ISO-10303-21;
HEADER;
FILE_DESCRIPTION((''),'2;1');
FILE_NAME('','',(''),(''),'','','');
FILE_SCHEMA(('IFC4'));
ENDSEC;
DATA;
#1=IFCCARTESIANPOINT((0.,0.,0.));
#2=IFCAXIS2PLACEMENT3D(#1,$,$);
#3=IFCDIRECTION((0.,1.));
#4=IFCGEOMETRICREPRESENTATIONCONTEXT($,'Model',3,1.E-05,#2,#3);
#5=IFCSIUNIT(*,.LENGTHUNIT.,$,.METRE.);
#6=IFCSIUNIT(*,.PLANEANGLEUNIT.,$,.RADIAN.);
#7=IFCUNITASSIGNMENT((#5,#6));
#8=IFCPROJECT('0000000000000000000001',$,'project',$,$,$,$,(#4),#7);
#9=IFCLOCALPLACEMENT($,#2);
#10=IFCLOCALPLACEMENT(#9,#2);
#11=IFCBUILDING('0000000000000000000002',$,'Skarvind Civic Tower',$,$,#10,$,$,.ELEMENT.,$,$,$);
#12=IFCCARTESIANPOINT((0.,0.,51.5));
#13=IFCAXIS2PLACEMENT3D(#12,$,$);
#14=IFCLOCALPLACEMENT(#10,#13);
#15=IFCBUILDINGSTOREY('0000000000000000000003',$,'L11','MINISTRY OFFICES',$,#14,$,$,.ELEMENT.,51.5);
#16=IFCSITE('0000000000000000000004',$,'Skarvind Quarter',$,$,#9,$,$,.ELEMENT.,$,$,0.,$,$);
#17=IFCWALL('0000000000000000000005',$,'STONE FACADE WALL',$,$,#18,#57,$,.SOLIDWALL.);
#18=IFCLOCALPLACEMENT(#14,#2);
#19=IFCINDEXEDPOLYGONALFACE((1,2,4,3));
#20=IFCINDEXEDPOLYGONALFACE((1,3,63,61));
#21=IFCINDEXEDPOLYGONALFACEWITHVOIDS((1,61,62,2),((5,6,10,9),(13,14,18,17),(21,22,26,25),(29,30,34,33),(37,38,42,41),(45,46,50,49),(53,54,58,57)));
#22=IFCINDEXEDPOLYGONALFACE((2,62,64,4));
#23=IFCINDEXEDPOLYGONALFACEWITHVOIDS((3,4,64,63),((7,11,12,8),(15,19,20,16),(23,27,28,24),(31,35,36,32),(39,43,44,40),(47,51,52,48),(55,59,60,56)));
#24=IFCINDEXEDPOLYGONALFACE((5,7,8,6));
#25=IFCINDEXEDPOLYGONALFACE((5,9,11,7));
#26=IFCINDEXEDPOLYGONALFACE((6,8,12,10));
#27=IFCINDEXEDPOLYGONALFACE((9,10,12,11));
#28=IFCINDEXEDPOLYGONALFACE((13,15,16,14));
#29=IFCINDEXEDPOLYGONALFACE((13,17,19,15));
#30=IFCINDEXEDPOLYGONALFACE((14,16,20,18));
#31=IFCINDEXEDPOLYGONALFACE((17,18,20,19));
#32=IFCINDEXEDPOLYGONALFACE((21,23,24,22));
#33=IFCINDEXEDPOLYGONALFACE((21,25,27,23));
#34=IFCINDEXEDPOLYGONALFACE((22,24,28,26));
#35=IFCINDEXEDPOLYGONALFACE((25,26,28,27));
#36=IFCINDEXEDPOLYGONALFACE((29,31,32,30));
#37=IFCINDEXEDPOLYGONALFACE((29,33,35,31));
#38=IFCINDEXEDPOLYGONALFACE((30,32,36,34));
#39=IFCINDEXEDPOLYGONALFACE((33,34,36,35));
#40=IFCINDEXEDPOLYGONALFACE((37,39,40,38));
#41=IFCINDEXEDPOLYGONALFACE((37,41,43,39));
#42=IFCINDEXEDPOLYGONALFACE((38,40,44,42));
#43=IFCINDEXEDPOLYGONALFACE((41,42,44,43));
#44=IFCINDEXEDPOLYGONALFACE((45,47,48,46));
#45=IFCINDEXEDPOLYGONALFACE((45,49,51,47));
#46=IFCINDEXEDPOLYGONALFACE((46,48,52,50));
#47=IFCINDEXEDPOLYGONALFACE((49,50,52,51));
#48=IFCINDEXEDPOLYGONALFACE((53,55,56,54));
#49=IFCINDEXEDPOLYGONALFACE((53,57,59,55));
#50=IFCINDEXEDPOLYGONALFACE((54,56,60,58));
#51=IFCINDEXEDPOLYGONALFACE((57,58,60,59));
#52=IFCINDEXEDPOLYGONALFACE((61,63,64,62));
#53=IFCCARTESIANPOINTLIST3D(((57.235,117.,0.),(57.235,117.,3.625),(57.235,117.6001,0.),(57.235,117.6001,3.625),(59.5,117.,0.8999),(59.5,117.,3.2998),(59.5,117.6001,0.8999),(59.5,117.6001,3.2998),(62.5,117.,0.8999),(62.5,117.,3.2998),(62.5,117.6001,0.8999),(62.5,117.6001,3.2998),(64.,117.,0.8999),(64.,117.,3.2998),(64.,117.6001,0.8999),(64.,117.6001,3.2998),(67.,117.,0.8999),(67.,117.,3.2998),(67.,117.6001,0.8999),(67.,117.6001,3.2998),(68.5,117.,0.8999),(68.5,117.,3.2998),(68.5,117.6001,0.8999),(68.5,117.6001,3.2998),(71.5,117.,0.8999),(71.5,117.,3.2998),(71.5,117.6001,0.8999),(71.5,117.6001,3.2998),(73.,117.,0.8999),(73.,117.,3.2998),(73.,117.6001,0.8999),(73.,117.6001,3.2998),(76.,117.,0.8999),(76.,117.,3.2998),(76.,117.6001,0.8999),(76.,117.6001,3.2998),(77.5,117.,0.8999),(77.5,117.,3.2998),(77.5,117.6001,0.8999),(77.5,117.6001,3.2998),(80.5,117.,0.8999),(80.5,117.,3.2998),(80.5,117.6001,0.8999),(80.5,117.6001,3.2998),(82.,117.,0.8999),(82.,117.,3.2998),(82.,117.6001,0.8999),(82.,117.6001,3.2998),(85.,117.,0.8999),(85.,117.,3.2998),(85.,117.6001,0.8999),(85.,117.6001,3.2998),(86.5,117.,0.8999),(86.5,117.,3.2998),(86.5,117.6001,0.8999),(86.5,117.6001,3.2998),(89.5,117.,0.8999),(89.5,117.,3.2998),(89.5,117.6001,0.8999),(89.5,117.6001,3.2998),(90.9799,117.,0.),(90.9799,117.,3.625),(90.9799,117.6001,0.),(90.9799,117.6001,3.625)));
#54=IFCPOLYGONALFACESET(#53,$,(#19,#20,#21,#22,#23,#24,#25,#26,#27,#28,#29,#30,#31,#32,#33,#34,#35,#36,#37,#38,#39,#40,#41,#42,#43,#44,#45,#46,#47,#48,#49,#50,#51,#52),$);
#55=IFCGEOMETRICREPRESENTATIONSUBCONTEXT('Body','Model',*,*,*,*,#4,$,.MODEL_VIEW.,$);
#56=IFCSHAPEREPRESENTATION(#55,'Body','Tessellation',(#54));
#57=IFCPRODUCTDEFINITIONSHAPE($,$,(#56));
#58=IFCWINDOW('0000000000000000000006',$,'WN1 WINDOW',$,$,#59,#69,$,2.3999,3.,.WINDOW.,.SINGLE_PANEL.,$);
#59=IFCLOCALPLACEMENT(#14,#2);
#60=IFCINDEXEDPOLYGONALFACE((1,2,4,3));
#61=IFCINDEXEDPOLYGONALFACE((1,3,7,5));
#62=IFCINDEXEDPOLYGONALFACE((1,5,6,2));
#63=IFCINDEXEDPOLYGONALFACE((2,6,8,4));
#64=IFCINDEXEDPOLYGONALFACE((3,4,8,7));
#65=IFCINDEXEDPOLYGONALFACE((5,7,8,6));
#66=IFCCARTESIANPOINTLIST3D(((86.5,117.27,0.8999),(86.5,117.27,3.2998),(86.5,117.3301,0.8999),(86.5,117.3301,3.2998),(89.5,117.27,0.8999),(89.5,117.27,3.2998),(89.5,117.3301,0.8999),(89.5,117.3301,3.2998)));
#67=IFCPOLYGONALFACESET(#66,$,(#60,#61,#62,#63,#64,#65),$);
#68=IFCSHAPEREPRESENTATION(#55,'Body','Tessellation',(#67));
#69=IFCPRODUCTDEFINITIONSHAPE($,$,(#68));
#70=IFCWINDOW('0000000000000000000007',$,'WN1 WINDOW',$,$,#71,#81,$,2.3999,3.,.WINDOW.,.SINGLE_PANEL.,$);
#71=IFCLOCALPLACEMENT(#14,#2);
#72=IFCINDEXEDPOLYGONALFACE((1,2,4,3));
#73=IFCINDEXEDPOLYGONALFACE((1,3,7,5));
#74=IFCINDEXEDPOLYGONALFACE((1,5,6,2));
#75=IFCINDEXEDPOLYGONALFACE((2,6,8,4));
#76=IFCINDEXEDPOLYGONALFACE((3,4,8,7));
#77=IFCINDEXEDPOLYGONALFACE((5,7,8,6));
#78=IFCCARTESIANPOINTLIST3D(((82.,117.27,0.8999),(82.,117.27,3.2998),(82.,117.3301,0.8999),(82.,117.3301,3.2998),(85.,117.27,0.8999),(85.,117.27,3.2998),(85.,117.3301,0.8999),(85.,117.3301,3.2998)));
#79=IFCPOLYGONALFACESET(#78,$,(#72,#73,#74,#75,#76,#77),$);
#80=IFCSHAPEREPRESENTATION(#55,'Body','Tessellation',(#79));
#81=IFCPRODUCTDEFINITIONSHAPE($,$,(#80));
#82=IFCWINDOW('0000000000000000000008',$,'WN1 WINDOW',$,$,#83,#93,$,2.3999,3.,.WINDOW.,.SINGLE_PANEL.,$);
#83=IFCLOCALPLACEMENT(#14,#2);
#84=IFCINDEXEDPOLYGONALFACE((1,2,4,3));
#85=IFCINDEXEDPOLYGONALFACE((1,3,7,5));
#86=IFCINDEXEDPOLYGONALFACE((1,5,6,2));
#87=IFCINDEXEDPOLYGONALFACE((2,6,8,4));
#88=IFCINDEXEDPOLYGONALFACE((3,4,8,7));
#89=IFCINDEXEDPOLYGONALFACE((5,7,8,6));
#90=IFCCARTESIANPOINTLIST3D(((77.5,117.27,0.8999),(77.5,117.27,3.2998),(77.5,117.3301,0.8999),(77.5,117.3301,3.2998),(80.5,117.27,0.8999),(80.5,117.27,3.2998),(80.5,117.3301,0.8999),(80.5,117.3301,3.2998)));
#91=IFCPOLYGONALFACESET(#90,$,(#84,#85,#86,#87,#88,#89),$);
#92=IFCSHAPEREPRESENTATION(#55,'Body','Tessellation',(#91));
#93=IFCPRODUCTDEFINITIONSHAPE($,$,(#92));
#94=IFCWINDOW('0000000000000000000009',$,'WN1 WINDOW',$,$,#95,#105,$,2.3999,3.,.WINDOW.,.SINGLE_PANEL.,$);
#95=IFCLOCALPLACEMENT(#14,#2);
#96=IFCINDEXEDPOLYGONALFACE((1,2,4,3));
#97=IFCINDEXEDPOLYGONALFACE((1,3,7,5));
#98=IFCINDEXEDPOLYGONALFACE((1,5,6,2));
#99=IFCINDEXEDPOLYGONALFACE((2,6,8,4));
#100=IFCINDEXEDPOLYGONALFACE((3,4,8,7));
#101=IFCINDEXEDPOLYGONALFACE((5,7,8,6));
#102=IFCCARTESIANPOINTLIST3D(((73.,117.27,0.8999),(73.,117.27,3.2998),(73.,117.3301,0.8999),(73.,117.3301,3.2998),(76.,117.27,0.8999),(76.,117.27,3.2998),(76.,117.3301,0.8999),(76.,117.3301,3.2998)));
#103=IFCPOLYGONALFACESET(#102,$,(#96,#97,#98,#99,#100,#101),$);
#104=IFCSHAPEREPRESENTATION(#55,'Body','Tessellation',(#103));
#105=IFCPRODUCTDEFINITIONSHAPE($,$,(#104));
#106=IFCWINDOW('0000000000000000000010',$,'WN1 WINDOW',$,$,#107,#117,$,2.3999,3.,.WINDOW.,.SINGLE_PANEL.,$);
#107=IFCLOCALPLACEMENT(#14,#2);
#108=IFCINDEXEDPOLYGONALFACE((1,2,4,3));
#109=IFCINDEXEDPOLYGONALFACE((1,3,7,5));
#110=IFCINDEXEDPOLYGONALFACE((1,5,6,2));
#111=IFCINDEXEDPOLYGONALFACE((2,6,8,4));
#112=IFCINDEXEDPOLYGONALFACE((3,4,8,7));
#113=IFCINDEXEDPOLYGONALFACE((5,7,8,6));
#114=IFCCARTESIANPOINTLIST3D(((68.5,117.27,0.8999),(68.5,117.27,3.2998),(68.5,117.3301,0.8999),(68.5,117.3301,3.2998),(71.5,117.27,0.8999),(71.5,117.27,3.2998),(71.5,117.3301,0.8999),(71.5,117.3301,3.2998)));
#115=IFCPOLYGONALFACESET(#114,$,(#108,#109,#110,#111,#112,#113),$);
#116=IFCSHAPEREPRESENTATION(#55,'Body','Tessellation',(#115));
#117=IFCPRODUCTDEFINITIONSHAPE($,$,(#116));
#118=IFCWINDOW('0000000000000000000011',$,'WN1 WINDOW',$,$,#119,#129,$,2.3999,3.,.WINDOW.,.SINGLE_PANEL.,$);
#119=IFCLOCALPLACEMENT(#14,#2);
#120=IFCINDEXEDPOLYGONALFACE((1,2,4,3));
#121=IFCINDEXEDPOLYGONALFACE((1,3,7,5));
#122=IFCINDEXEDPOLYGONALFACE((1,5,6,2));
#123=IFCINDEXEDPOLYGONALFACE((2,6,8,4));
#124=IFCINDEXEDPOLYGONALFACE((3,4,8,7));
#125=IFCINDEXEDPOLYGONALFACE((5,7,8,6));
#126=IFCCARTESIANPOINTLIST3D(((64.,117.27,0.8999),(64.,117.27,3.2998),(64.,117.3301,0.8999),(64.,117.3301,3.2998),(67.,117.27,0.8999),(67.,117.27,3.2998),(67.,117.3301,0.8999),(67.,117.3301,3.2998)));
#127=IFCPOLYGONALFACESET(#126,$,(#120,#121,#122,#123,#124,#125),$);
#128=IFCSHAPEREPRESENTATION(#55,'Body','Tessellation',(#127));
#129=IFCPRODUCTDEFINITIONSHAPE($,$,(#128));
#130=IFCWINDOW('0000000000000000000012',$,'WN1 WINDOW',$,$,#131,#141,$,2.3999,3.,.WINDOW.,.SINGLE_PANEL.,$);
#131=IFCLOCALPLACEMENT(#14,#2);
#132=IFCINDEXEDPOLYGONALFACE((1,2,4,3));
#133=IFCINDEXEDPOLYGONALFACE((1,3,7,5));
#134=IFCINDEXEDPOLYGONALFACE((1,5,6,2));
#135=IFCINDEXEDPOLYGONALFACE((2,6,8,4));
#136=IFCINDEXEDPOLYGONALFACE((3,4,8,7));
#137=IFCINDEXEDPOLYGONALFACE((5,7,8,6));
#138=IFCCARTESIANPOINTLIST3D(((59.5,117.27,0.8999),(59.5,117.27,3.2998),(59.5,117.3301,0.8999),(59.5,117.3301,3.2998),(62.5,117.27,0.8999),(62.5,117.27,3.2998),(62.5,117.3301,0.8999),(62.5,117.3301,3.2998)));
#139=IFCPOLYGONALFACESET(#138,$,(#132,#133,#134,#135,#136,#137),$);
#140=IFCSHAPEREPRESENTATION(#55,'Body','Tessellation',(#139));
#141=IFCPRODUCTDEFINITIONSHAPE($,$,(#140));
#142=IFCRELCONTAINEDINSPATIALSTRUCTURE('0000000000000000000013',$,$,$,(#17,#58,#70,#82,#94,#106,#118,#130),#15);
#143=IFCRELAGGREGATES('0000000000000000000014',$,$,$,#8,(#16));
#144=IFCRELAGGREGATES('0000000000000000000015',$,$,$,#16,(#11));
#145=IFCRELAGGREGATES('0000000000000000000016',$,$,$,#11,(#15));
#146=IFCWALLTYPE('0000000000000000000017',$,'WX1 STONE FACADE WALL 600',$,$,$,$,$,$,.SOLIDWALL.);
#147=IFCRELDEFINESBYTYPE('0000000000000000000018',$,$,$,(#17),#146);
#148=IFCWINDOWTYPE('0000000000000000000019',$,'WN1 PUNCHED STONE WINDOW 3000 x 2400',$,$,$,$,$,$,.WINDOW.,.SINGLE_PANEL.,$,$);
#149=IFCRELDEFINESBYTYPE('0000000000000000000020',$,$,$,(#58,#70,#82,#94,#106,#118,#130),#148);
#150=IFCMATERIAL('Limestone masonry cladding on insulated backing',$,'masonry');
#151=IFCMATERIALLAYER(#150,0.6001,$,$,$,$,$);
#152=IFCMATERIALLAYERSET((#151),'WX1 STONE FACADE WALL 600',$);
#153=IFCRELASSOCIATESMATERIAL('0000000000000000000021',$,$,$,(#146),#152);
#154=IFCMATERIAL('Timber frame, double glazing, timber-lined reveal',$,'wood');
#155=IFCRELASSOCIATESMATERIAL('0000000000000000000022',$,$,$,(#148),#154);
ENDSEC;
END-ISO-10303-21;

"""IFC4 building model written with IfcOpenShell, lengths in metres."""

from ifc_helpers import new_model, si_unit, direction, frame, frame_2d, origin, place, context, subcontext, project, spatial, rectangle, extrude, material, layer, layer_set, type_object, element, fill, save


model = new_model("IFC4")

# Units and contexts
model_context = context("Model", 3, precision=1e-05, world=origin(), true_north=direction((0.0, 1.0)))
body_context = subcontext(model_context, "Body", "Model", "MODEL_VIEW")
ifc_project = project(units=[si_unit("LENGTHUNIT", "METRE"), si_unit("PLANEANGLEUNIT", "RADIAN")], contexts=[model_context])

# Site, building, storey
site_placement = place(None, origin())
site = spatial("IfcSite", under=ifc_project, at=site_placement, Name="Skarvind Quarter", CompositionType="ELEMENT", RefElevation=0.0)
building_placement = place(site_placement, origin())
building = spatial("IfcBuilding", under=site, at=building_placement, Name="Skarvind Civic Tower", CompositionType="ELEMENT")
storey_placement = place(building_placement, frame((0.0, 0.0, 51.5)))
storey = spatial("IfcBuildingStorey", under=building, at=storey_placement, Name="L11", Description="MINISTRY OFFICES", CompositionType="ELEMENT", Elevation=51.5)

# Wall, openings, windows
ifc_material_1 = material(Name="Limestone masonry cladding on insulated backing", Category="masonry")
ifc_layer_1 = layer(ifc_material_1, 0.6001)
ifc_layer_set_1 = layer_set([ifc_layer_1], Name="WX1 STONE FACADE WALL 600")
wall_type_1 = type_object("IfcWallType", Name="WX1 STONE FACADE WALL 600", PredefinedType="SOLIDWALL", material=ifc_layer_set_1)
wall_1_placement = place(storey_placement, frame((90.98, 117.3, 0.0), z_axis=(0.0, 0.0, 1.0), x_axis=(-1.0, 0.0, 0.0)))
wall_1 = element("IfcWall", 1, at=wall_1_placement, inside=storey, type_object=wall_type_1, Name="STONE FACADE WALL", PredefinedType="SOLIDWALL", context=body_context, shape_type="SweptSolid", body=[
    extrude(rectangle(XDim=33.7449, YDim=0.6001, at=frame_2d((16.8726, 0.0))), origin(), (0.0, 0.0, 1.0), 3.625),
])
opening_1_placement = place(wall_1_placement, frame((1.48, 0.0, 0.8999)))
opening_1 = element("IfcOpeningElement", 2, at=opening_1_placement, cuts=wall_1, PredefinedType="OPENING", context=body_context, shape_type="SweptSolid", body=[
    extrude(rectangle(XDim=3.0, YDim=2.3999, at=frame_2d((1.5, 1.2))), frame((0.0, 0.3101, 0.0), z_axis=(0.0, -1.0, 0.0), x_axis=(1.0, 0.0, 0.0)), (0.0, 0.0, 1.0), 0.6201),
])
opening_2_placement = place(wall_1_placement, frame((5.98, 0.0, 0.8999)))
opening_2 = element("IfcOpeningElement", 3, at=opening_2_placement, cuts=wall_1, PredefinedType="OPENING", context=body_context, shape_type="SweptSolid", body=[
    extrude(rectangle(XDim=3.0, YDim=2.3999, at=frame_2d((1.5, 1.2))), frame((0.0, 0.3101, 0.0), z_axis=(0.0, -1.0, 0.0), x_axis=(1.0, 0.0, 0.0)), (0.0, 0.0, 1.0), 0.6201),
])
opening_3_placement = place(wall_1_placement, frame((10.48, 0.0, 0.8999)))
opening_3 = element("IfcOpeningElement", 4, at=opening_3_placement, cuts=wall_1, PredefinedType="OPENING", context=body_context, shape_type="SweptSolid", body=[
    extrude(rectangle(XDim=3.0, YDim=2.3999, at=frame_2d((1.5, 1.2))), frame((0.0, 0.3101, 0.0), z_axis=(0.0, -1.0, 0.0), x_axis=(1.0, 0.0, 0.0)), (0.0, 0.0, 1.0), 0.6201),
])
opening_4_placement = place(wall_1_placement, frame((14.98, 0.0, 0.8999)))
opening_4 = element("IfcOpeningElement", 5, at=opening_4_placement, cuts=wall_1, PredefinedType="OPENING", context=body_context, shape_type="SweptSolid", body=[
    extrude(rectangle(XDim=3.0, YDim=2.3999, at=frame_2d((1.5, 1.2))), frame((0.0, 0.3101, 0.0), z_axis=(0.0, -1.0, 0.0), x_axis=(1.0, 0.0, 0.0)), (0.0, 0.0, 1.0), 0.6201),
])
opening_5_placement = place(wall_1_placement, frame((19.48, 0.0, 0.8999)))
opening_5 = element("IfcOpeningElement", 6, at=opening_5_placement, cuts=wall_1, PredefinedType="OPENING", context=body_context, shape_type="SweptSolid", body=[
    extrude(rectangle(XDim=3.0, YDim=2.3999, at=frame_2d((1.5, 1.2))), frame((0.0, 0.3101, 0.0), z_axis=(0.0, -1.0, 0.0), x_axis=(1.0, 0.0, 0.0)), (0.0, 0.0, 1.0), 0.6201),
])
opening_6_placement = place(wall_1_placement, frame((23.98, 0.0, 0.8999)))
opening_6 = element("IfcOpeningElement", 7, at=opening_6_placement, cuts=wall_1, PredefinedType="OPENING", context=body_context, shape_type="SweptSolid", body=[
    extrude(rectangle(XDim=3.0, YDim=2.3999, at=frame_2d((1.5, 1.2))), frame((0.0, 0.3101, 0.0), z_axis=(0.0, -1.0, 0.0), x_axis=(1.0, 0.0, 0.0)), (0.0, 0.0, 1.0), 0.6201),
])
opening_7_placement = place(wall_1_placement, frame((28.48, 0.0, 0.8999)))
opening_7 = element("IfcOpeningElement", 8, at=opening_7_placement, cuts=wall_1, PredefinedType="OPENING", context=body_context, shape_type="SweptSolid", body=[
    extrude(rectangle(XDim=3.0, YDim=2.3999, at=frame_2d((1.5, 1.2))), frame((0.0, 0.3101, 0.0), z_axis=(0.0, -1.0, 0.0), x_axis=(1.0, 0.0, 0.0)), (0.0, 0.0, 1.0), 0.6201),
])
ifc_material_2 = material(Name="Timber frame, double glazing, timber-lined reveal", Category="wood")
window_type = type_object("IfcWindowType", Name="WN1 PUNCHED STONE WINDOW 3000 x 2400", PartitioningType="SINGLE_PANEL", PredefinedType="WINDOW", material=ifc_material_2)
window_1_placement = place(opening_1_placement, origin())
window_1 = element("IfcWindow", 9, at=window_1_placement, inside=storey, type_object=window_type, Name="WN1 WINDOW", OverallHeight=2.3999, OverallWidth=3.0, PartitioningType="SINGLE_PANEL", PredefinedType="WINDOW", context=body_context, shape_type="SweptSolid", body=[
    extrude(rectangle(XDim=3.0, YDim=2.3999, at=frame_2d((1.5, 1.2))), frame((0.0, 0.03, 0.0), z_axis=(0.0, -1.0, 0.0), x_axis=(1.0, 0.0, 0.0)), (0.0, 0.0, 1.0), 0.0601),
])
fill(opening_1, window_1)
window_2_placement = place(opening_2_placement, origin())
window_2 = element("IfcWindow", 10, at=window_2_placement, inside=storey, type_object=window_type, Name="WN1 WINDOW", OverallHeight=2.3999, OverallWidth=3.0, PartitioningType="SINGLE_PANEL", PredefinedType="WINDOW", context=body_context, shape_type="SweptSolid", body=[
    extrude(rectangle(XDim=3.0, YDim=2.3999, at=frame_2d((1.5, 1.2))), frame((0.0, 0.03, 0.0), z_axis=(0.0, -1.0, 0.0), x_axis=(1.0, 0.0, 0.0)), (0.0, 0.0, 1.0), 0.0601),
])
fill(opening_2, window_2)
window_3_placement = place(opening_3_placement, origin())
window_3 = element("IfcWindow", 11, at=window_3_placement, inside=storey, type_object=window_type, Name="WN1 WINDOW", OverallHeight=2.3999, OverallWidth=3.0, PartitioningType="SINGLE_PANEL", PredefinedType="WINDOW", context=body_context, shape_type="SweptSolid", body=[
    extrude(rectangle(XDim=3.0, YDim=2.3999, at=frame_2d((1.5, 1.2))), frame((0.0, 0.03, 0.0), z_axis=(0.0, -1.0, 0.0), x_axis=(1.0, 0.0, 0.0)), (0.0, 0.0, 1.0), 0.0601),
])
fill(opening_3, window_3)
window_4_placement = place(opening_4_placement, origin())
window_4 = element("IfcWindow", 12, at=window_4_placement, inside=storey, type_object=window_type, Name="WN1 WINDOW", OverallHeight=2.3999, OverallWidth=3.0, PartitioningType="SINGLE_PANEL", PredefinedType="WINDOW", context=body_context, shape_type="SweptSolid", body=[
    extrude(rectangle(XDim=3.0, YDim=2.3999, at=frame_2d((1.5, 1.2))), frame((0.0, 0.03, 0.0), z_axis=(0.0, -1.0, 0.0), x_axis=(1.0, 0.0, 0.0)), (0.0, 0.0, 1.0), 0.0601),
])
fill(opening_4, window_4)
window_5_placement = place(opening_5_placement, origin())
window_5 = element("IfcWindow", 13, at=window_5_placement, inside=storey, type_object=window_type, Name="WN1 WINDOW", OverallHeight=2.3999, OverallWidth=3.0, PartitioningType="SINGLE_PANEL", PredefinedType="WINDOW", context=body_context, shape_type="SweptSolid", body=[
    extrude(rectangle(XDim=3.0, YDim=2.3999, at=frame_2d((1.5, 1.2))), frame((0.0, 0.03, 0.0), z_axis=(0.0, -1.0, 0.0), x_axis=(1.0, 0.0, 0.0)), (0.0, 0.0, 1.0), 0.0601),
])
fill(opening_5, window_5)
window_6_placement = place(opening_6_placement, origin())
window_6 = element("IfcWindow", 14, at=window_6_placement, inside=storey, type_object=window_type, Name="WN1 WINDOW", OverallHeight=2.3999, OverallWidth=3.0, PartitioningType="SINGLE_PANEL", PredefinedType="WINDOW", context=body_context, shape_type="SweptSolid", body=[
    extrude(rectangle(XDim=3.0, YDim=2.3999, at=frame_2d((1.5, 1.2))), frame((0.0, 0.03, 0.0), z_axis=(0.0, -1.0, 0.0), x_axis=(1.0, 0.0, 0.0)), (0.0, 0.0, 1.0), 0.0601),
])
fill(opening_6, window_6)
window_7_placement = place(opening_7_placement, origin())
window_7 = element("IfcWindow", 15, at=window_7_placement, inside=storey, type_object=window_type, Name="WN1 WINDOW", OverallHeight=2.3999, OverallWidth=3.0, PartitioningType="SINGLE_PANEL", PredefinedType="WINDOW", context=body_context, shape_type="SweptSolid", body=[
    extrude(rectangle(XDim=3.0, YDim=2.3999, at=frame_2d((1.5, 1.2))), frame((0.0, 0.03, 0.0), z_axis=(0.0, -1.0, 0.0), x_axis=(1.0, 0.0, 0.0)), (0.0, 0.0, 1.0), 0.0601),
])
fill(opening_7, window_7)

save(model, "model.ifc")
